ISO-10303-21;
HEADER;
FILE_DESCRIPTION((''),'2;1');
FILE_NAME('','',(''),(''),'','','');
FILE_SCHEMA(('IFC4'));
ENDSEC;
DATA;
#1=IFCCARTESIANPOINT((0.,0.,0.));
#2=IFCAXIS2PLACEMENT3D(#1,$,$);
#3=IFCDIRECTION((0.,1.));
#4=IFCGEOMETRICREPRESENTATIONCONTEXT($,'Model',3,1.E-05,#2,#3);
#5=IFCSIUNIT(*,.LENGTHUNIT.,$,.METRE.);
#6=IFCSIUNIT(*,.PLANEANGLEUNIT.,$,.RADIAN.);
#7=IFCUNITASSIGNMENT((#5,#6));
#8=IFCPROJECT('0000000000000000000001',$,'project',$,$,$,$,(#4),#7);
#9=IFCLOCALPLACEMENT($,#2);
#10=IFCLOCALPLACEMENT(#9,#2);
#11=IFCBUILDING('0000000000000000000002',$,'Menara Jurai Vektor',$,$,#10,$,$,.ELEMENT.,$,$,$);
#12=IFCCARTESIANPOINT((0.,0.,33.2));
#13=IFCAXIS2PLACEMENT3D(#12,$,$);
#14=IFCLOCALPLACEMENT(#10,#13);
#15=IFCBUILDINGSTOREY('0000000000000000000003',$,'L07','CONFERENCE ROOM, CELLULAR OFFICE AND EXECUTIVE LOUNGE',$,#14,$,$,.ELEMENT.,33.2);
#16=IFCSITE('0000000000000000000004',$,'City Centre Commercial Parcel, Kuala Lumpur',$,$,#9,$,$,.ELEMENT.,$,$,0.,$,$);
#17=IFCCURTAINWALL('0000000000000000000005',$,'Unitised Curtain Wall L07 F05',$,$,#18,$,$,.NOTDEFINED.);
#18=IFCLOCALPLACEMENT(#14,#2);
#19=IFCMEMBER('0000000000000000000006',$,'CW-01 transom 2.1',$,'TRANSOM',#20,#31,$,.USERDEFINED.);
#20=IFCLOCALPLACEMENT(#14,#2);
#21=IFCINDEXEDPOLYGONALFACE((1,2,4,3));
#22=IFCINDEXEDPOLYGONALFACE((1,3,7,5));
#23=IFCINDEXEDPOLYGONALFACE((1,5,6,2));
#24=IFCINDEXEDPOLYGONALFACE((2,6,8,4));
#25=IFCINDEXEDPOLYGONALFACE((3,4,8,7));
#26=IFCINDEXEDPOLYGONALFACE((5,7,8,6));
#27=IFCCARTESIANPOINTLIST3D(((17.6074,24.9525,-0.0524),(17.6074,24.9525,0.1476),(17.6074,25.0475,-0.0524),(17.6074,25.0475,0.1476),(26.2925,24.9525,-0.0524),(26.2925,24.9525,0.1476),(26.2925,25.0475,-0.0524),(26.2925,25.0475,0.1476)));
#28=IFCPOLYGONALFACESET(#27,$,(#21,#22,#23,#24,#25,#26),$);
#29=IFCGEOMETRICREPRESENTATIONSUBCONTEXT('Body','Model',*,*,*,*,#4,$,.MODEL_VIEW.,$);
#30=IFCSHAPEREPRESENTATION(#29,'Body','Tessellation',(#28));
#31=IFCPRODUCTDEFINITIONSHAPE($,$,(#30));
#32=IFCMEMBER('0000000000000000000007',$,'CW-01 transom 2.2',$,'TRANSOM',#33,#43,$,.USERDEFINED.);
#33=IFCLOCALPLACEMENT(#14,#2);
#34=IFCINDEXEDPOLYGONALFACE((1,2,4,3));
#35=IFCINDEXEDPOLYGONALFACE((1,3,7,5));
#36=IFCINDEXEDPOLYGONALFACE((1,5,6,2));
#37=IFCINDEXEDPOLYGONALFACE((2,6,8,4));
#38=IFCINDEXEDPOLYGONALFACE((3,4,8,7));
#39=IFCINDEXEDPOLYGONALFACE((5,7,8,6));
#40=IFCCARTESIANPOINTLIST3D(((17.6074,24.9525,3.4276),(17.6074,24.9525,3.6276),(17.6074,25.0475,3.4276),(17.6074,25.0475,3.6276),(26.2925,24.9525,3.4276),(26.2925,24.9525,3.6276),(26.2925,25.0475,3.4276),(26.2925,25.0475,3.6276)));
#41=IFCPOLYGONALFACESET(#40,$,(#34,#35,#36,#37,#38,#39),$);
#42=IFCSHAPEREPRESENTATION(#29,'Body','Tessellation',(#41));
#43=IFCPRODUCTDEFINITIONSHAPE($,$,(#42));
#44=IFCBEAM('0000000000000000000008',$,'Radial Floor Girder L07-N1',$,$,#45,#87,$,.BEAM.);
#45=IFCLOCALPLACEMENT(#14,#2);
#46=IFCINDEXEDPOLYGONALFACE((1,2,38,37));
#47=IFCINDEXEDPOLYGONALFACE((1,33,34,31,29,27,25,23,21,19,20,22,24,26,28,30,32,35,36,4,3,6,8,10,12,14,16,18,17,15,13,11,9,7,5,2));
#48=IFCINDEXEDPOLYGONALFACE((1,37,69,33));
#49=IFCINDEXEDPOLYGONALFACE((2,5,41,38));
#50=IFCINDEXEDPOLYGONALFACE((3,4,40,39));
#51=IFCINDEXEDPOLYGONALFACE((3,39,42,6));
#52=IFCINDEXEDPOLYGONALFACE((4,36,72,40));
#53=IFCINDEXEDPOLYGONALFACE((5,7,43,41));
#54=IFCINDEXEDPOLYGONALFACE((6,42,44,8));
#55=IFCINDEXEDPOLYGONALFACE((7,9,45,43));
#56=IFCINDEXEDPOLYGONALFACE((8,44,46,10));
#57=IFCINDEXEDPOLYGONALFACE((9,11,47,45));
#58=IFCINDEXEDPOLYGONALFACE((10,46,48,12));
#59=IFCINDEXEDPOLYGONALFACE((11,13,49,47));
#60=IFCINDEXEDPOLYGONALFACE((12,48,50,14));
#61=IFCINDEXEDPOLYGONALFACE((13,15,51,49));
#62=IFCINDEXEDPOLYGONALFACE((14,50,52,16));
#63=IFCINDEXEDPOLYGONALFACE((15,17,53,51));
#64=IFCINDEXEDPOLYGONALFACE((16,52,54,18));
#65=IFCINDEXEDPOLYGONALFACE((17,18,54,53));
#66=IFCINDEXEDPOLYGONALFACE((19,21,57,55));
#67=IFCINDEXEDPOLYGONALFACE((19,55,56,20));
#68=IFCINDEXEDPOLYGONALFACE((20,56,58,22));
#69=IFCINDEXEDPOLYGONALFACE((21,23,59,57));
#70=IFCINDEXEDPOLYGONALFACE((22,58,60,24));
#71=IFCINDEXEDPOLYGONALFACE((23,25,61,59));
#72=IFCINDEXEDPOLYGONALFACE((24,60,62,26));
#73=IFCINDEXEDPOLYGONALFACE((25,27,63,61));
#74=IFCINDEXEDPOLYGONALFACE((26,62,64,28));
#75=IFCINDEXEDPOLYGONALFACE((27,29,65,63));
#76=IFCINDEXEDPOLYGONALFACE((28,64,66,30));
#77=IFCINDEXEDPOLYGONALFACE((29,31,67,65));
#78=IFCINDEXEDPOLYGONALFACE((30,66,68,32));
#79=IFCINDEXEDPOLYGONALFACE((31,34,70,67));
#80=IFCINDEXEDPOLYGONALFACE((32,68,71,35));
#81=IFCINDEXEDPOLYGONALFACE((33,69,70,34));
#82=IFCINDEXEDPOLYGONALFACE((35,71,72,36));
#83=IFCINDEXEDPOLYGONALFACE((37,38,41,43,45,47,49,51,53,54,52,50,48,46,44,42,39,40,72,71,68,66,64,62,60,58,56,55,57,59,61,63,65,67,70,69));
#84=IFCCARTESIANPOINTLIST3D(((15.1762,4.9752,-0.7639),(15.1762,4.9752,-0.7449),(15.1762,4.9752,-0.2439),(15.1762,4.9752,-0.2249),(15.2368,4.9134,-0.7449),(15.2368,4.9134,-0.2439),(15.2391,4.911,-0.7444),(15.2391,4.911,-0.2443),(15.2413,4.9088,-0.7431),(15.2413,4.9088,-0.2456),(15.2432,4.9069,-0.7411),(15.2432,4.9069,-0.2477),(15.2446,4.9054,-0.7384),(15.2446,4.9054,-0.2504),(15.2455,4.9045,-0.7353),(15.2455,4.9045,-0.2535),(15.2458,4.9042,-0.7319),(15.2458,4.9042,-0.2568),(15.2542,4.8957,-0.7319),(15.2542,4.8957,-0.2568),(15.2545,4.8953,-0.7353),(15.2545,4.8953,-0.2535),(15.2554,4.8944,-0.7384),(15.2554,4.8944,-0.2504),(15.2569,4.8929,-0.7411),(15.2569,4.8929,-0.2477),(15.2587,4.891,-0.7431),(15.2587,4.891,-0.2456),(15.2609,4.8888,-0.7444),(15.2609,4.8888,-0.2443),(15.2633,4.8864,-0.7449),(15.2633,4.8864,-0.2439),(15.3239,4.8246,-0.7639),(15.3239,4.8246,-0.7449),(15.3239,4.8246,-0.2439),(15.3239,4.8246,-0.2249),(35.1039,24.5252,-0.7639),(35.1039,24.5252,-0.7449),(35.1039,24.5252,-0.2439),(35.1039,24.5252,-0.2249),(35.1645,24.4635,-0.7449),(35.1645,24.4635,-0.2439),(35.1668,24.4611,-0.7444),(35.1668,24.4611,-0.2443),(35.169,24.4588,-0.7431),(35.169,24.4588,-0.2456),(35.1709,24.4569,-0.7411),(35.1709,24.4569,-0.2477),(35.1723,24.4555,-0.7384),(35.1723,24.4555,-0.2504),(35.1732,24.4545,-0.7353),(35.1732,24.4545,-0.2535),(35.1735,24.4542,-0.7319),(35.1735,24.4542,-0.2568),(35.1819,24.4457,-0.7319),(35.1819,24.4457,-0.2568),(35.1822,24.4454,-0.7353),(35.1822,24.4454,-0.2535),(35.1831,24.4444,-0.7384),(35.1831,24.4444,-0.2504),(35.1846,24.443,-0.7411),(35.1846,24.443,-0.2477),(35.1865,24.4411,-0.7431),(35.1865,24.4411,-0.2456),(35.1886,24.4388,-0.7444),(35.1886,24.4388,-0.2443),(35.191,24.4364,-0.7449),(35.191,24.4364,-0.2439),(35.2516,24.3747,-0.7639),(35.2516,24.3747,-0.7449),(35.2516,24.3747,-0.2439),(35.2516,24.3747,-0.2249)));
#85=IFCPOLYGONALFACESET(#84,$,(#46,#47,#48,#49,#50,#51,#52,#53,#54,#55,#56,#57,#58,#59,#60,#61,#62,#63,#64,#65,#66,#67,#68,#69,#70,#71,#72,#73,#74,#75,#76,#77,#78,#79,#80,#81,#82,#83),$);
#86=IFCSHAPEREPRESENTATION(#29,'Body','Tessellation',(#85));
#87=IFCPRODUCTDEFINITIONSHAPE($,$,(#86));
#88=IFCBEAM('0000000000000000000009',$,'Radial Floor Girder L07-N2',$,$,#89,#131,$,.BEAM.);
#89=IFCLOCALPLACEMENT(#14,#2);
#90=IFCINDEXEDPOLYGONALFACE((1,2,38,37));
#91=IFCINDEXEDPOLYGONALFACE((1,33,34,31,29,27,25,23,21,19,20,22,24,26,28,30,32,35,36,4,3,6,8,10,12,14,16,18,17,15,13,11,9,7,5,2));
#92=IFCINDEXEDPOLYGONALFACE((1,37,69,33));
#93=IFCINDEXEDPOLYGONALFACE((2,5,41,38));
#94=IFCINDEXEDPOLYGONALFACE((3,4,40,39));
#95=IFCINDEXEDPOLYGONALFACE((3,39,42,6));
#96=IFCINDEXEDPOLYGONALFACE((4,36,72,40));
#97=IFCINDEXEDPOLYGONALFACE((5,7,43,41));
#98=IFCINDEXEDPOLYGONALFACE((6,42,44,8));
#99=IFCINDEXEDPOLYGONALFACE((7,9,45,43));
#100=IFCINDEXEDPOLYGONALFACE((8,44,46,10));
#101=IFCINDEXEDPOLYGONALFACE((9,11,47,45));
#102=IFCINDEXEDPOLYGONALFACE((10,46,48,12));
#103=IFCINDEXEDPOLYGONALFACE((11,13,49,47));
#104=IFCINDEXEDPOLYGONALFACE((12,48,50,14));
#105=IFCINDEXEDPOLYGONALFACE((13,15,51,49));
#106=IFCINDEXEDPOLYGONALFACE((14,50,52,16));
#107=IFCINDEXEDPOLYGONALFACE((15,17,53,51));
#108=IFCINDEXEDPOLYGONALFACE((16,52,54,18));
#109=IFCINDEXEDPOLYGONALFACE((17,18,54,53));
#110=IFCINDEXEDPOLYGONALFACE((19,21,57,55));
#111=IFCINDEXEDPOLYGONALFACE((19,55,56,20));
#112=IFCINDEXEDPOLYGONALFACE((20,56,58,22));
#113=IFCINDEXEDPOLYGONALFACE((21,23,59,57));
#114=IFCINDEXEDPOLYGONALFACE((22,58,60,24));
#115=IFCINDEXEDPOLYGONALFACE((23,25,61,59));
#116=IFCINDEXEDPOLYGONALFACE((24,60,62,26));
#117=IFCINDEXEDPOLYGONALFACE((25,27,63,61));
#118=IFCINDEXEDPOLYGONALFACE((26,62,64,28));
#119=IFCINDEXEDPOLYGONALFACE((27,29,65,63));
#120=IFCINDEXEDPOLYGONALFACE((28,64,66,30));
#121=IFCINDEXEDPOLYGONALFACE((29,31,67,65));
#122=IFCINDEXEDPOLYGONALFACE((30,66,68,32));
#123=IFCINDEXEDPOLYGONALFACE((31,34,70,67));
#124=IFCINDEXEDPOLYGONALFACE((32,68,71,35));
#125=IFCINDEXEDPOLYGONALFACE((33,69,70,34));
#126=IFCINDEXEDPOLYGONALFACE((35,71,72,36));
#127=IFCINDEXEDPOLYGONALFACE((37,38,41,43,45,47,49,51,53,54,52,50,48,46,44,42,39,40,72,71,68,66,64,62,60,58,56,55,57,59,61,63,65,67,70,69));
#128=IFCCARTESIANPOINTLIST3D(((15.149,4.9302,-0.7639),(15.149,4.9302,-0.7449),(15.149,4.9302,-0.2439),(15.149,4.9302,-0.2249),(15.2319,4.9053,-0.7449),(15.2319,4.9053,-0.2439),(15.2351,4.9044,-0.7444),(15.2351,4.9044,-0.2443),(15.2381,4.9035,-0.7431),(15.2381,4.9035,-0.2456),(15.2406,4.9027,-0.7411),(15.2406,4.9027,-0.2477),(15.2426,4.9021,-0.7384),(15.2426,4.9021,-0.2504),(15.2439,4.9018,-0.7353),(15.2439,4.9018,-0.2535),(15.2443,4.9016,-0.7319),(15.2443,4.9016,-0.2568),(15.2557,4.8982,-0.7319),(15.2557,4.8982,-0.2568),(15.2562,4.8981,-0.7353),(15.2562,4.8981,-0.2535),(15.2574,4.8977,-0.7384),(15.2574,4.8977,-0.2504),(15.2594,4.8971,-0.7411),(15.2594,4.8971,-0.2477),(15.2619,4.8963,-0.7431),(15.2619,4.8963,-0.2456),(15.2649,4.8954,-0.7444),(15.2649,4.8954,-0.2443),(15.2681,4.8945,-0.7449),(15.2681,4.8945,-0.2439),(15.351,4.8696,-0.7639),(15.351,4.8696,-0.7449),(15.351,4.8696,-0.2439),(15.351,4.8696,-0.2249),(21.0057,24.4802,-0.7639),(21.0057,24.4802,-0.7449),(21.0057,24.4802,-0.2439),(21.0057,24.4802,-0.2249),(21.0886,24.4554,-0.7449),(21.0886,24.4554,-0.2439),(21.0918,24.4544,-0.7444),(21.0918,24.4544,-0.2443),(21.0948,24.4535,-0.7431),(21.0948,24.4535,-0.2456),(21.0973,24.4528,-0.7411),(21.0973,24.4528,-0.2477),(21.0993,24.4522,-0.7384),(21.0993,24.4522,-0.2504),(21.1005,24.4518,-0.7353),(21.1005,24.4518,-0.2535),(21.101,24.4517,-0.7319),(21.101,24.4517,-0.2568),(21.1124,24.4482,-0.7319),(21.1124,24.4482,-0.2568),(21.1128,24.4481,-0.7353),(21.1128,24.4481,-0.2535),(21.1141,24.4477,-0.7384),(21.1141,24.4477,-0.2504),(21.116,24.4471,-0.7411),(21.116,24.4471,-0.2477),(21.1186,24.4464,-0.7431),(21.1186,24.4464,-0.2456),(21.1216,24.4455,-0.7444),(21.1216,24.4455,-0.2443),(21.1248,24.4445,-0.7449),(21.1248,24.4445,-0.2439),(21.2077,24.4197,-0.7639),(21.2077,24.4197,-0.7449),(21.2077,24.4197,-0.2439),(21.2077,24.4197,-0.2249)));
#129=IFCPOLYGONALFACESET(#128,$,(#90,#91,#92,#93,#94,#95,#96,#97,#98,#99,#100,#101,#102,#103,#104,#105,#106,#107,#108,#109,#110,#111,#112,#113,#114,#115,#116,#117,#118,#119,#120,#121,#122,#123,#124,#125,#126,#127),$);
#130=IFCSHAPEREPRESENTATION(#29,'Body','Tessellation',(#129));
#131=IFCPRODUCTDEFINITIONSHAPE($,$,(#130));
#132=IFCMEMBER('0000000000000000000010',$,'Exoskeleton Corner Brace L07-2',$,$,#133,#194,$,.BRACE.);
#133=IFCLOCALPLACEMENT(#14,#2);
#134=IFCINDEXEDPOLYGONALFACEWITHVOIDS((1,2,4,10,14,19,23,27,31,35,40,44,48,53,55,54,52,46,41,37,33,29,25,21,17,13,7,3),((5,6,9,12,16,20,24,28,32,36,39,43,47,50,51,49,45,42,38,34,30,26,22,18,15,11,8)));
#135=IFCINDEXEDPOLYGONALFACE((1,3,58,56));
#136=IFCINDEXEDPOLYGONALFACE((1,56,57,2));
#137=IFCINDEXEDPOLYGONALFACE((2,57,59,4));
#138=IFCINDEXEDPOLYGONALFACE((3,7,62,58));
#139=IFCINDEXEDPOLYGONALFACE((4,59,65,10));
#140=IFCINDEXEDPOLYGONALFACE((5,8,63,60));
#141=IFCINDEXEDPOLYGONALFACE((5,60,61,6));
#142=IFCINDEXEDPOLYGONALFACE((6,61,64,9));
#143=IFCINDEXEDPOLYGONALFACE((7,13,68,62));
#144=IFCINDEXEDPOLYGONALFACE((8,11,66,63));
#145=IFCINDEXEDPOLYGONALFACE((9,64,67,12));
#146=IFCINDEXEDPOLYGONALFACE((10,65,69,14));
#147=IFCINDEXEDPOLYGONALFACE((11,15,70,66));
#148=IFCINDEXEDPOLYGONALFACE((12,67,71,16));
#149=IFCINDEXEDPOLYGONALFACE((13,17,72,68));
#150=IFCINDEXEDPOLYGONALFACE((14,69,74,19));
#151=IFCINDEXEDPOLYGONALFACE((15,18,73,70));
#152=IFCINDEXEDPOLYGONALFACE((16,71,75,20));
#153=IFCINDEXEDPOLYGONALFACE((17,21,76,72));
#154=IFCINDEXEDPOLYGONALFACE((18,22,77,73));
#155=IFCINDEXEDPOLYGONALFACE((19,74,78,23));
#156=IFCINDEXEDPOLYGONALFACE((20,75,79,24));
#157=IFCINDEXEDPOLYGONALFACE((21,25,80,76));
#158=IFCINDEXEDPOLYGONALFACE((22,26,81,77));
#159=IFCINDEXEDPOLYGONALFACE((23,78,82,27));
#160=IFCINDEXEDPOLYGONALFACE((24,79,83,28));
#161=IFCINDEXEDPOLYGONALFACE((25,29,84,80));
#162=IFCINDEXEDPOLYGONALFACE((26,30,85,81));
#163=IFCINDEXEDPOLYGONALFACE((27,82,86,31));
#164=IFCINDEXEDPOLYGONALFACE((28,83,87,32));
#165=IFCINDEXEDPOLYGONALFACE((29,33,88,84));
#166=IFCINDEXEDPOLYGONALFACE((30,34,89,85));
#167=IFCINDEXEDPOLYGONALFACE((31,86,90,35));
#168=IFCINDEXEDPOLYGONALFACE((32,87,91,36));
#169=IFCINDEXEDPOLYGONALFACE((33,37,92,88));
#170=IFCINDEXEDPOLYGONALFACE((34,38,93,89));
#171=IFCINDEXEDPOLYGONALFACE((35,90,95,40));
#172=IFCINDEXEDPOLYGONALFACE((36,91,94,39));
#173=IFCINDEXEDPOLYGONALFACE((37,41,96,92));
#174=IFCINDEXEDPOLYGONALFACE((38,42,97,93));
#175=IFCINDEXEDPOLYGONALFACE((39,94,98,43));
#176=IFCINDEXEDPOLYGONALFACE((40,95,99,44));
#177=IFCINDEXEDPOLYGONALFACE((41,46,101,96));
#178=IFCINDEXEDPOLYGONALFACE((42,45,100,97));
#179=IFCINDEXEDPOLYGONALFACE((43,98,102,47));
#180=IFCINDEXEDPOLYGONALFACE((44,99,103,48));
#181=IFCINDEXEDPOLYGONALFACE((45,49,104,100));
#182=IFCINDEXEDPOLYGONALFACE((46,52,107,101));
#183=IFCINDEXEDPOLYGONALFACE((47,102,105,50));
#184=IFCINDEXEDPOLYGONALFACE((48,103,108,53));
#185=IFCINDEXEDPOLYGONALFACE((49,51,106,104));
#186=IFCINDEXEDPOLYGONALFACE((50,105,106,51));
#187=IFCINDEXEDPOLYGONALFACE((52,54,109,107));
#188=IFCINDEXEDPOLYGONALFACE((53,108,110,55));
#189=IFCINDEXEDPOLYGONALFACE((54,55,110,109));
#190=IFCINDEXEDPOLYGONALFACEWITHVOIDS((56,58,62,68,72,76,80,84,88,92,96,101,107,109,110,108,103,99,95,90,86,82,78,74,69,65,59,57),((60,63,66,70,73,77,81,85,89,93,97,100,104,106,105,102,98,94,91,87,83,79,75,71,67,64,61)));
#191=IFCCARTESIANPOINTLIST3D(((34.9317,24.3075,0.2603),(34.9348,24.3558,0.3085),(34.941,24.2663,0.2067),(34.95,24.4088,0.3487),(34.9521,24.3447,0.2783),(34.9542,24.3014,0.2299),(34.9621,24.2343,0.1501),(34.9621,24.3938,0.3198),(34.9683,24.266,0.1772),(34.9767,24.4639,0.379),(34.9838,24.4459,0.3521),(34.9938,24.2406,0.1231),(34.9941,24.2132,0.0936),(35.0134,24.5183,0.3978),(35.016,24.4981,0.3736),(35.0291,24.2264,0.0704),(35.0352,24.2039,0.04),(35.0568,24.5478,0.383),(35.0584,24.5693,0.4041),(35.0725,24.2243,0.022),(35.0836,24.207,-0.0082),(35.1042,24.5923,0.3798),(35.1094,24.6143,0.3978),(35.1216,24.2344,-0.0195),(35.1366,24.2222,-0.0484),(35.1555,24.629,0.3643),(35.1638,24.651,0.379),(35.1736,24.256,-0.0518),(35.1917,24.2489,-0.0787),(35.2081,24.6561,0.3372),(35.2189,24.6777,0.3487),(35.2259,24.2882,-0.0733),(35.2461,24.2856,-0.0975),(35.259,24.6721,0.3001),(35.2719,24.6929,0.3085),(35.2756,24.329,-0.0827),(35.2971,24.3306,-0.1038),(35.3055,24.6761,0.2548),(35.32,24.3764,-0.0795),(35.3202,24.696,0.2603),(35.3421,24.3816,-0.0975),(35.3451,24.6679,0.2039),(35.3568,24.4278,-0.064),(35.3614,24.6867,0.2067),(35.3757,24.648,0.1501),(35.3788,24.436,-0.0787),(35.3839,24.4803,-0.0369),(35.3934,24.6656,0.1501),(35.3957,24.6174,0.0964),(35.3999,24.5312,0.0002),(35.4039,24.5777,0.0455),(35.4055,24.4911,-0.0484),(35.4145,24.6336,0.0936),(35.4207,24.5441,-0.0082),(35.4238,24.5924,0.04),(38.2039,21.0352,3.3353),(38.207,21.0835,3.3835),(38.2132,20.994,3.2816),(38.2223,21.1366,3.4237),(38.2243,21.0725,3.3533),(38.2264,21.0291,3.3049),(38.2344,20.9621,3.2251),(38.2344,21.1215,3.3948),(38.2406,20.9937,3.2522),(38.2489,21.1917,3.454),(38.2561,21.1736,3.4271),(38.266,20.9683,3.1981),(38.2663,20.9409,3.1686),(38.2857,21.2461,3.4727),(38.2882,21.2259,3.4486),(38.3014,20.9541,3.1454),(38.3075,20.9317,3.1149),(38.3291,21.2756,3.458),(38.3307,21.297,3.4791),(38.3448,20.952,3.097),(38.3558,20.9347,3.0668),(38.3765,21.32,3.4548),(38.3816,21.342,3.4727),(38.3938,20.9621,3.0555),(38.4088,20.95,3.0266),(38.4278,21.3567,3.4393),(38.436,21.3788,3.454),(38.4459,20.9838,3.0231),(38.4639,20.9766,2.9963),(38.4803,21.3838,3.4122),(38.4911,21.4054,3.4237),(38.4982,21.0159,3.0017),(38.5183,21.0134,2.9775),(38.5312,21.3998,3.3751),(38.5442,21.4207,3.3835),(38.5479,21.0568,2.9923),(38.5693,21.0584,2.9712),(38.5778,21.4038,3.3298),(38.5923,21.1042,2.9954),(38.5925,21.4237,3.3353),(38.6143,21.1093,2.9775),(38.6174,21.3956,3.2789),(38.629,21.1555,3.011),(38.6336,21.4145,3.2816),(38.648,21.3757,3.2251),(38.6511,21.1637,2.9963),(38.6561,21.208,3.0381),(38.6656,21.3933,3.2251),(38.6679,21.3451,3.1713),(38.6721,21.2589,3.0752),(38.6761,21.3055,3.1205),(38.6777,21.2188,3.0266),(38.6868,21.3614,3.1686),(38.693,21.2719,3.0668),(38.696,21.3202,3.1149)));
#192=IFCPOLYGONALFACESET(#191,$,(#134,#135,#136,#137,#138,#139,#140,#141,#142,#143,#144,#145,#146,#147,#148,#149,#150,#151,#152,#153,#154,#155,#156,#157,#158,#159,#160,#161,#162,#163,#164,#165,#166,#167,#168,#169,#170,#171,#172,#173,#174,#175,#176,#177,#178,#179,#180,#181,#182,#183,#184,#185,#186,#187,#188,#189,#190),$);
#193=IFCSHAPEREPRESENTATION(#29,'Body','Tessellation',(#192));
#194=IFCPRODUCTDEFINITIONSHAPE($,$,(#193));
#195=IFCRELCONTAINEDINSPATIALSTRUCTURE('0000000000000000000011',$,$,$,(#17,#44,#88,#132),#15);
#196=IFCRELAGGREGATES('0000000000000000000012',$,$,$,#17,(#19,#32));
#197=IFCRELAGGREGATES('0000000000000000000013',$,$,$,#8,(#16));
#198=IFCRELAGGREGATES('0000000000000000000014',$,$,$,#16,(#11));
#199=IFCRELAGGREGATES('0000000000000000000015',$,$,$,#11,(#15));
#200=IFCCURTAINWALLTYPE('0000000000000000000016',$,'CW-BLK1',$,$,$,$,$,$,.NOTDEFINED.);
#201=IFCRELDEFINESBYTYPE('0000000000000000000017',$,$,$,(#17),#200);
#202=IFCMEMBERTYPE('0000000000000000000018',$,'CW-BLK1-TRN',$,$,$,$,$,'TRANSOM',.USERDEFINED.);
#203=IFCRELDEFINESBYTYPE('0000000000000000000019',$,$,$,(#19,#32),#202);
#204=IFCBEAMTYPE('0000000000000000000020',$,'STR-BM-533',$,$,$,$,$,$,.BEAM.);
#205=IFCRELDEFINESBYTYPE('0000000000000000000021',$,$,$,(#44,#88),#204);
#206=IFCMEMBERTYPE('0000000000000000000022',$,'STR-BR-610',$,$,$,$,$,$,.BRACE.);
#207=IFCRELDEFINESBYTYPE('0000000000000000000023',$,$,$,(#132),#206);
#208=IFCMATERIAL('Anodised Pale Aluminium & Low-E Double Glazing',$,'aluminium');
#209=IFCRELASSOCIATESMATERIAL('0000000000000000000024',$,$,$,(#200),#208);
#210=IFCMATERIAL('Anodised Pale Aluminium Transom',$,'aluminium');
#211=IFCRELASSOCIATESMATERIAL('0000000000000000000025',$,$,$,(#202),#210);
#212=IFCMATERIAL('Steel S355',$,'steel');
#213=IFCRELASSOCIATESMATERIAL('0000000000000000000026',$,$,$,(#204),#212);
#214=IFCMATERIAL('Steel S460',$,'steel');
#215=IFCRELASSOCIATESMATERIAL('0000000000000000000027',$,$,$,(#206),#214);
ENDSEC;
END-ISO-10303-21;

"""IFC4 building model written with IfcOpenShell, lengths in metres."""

from ifc_helpers import new_model, si_unit, direction, frame, origin, origin_2d, place, context, subcontext, project, spatial, rectangle, hollow_circle, i_section, extrude, material, material_profile, profile_set, type_object, element, aggregate, save


model = new_model("IFC4")

# Units and contexts
model_context = context("Model", 3, precision=1e-05, world=origin(), true_north=direction((0.0, 1.0)))
body_context = subcontext(model_context, "Body", "Model", "MODEL_VIEW")
ifc_project = project(units=[si_unit("LENGTHUNIT", "METRE"), si_unit("PLANEANGLEUNIT", "RADIAN")], contexts=[model_context])

# Site, building, storey
site_placement = place(None, origin())
site = spatial("IfcSite", under=ifc_project, at=site_placement, Name="City Centre Commercial Parcel, Kuala Lumpur", CompositionType="ELEMENT", RefElevation=0.0)
building_placement = place(site_placement, origin())
building = spatial("IfcBuilding", under=site, at=building_placement, Name="Menara Jurai Vektor", CompositionType="ELEMENT")
storey_placement = place(building_placement, frame((0.0, 0.0, 33.2)))
storey = spatial("IfcBuildingStorey", under=building, at=storey_placement, Name="L07", Description="CONFERENCE ROOM, CELLULAR OFFICE AND EXECUTIVE LOUNGE", CompositionType="ELEMENT", Elevation=33.2)

# Shared definitions
ifc_material_1 = material(Name="Steel S460", Category="steel")

# Shared definitions
ifc_material_2 = material(Name="Anodised Pale Aluminium & Low-E Double Glazing", Category="aluminium")
curtain_wall_type = type_object("IfcCurtainWallType", Name="CW-BLK1", PredefinedType="NOTDEFINED", material=ifc_material_2)

# Curtain wall
curtain_wall_1_placement = place(storey_placement, origin())
curtain_wall_1 = element("IfcCurtainWall", 1, at=curtain_wall_1_placement, inside=storey, type_object=curtain_wall_type, Name="Unitised Curtain Wall L07 F05", PredefinedType="NOTDEFINED")

# Members
ifc_material_3 = material(Name="Anodised Pale Aluminium Transom", Category="aluminium")
ifc_material_profile_1 = material_profile(ifc_material_3, rectangle(XDim=0.095, YDim=0.2, at=origin_2d()), Name="ALU TRN 95x200")
ifc_profile_set_1 = profile_set([ifc_material_profile_1], Name="Anodised Pale Aluminium Transom")
member_type_1 = type_object("IfcMemberType", Name="CW-BLK1-TRN", ElementType="TRANSOM", PredefinedType="USERDEFINED", material=ifc_profile_set_1)
member_1_placement = place(storey_placement, frame((26.2925, 25.0, 0.0476), z_axis=(-1.0, 0.0, 0.0), x_axis=(0.0, -1.0, 0.0)))
member_1 = element("IfcMember", 2, at=member_1_placement, type_object=member_type_1, Name="CW-01 transom 2.1", ObjectType="TRANSOM", PredefinedType="USERDEFINED", context=body_context, shape_type="SweptSolid", body=[
    extrude(rectangle(XDim=0.095, YDim=0.2, at=origin_2d()), origin(), (0.0, 0.0, 1.0), 8.6851),
])
member_2_placement = place(storey_placement, frame((26.2925, 25.0, 3.5276), z_axis=(-1.0, 0.0, 0.0), x_axis=(0.0, -1.0, 0.0)))
member_2 = element("IfcMember", 3, at=member_2_placement, type_object=member_type_1, Name="CW-01 transom 2.2", ObjectType="TRANSOM", PredefinedType="USERDEFINED", context=body_context, shape_type="SweptSolid", body=[
    extrude(rectangle(XDim=0.095, YDim=0.2, at=origin_2d()), origin(), (0.0, 0.0, 1.0), 8.6851),
])

# Beams
ifc_material_4 = material(Name="Steel S355", Category="steel")
ifc_material_profile_2 = material_profile(ifc_material_4, i_section(OverallWidth=0.2109, OverallDepth=0.5391, WebThickness=0.012, FlangeThickness=0.019, FilletRadius=0.0129, at=origin_2d()), Name="UKB 533x210x109")
ifc_profile_set_2 = profile_set([ifc_material_profile_2], Name="Steel S355")
beam_type_1 = type_object("IfcBeamType", Name="STR-BM-533", PredefinedType="BEAM", material=ifc_profile_set_2)
beam_1_placement = place(storey_placement, frame((35.1777, 24.45, -0.4944), z_axis=(-0.713839, -0.70031, 0.0), x_axis=(0.70031, -0.713839, 0.0)))
element("IfcBeam", 4, at=beam_1_placement, inside=storey, type_object=beam_type_1, Name="Radial Floor Girder L07-N1", PredefinedType="BEAM", context=body_context, shape_type="SweptSolid", body=[
    extrude(i_section(OverallWidth=0.2109, OverallDepth=0.5391, WebThickness=0.012, FlangeThickness=0.019, FilletRadius=0.0129, at=origin_2d()), origin(), (0.0, 0.0, 1.0), 27.9163),
])
beam_2_placement = place(storey_placement, frame((21.1067, 24.45, -0.4944), z_axis=(-0.286974, -0.957938, 0.0), x_axis=(0.957938, -0.286974, 0.0)))
element("IfcBeam", 5, at=beam_2_placement, inside=storey, type_object=beam_type_1, Name="Radial Floor Girder L07-N2", PredefinedType="BEAM", context=body_context, shape_type="SweptSolid", body=[
    extrude(i_section(OverallWidth=0.2109, OverallDepth=0.5391, WebThickness=0.012, FlangeThickness=0.019, FilletRadius=0.0129, at=origin_2d()), origin(), (0.0, 0.0, 1.0), 20.4084),
])

# Member
ifc_material_profile_3 = material_profile(ifc_material_1, hollow_circle(Radius=0.3049, WallThickness=0.0249, at=origin_2d()), Name="CHS 610x25")
ifc_profile_set_3 = profile_set([ifc_material_profile_3], Name="Steel S460")
member_type_2 = type_object("IfcMemberType", Name="STR-BR-610", PredefinedType="BRACE", material=ifc_profile_set_3)
member_3_placement = place(storey_placement, frame((35.1777, 24.45, 0.1501), z_axis=(0.588942, -0.588942, 0.553438), x_axis=(0.707107, 0.707107, 0.0)))
element("IfcMember", 6, at=member_3_placement, inside=storey, type_object=member_type_2, Name="Exoskeleton Corner Brace L07-2", PredefinedType="BRACE", context=body_context, shape_type="SweptSolid", body=[
    extrude(hollow_circle(Radius=0.3049, WallThickness=0.0249, at=origin_2d()), origin(), (0.0, 0.0, 1.0), 5.5562),
])

aggregate(curtain_wall_1, [member_1, member_2])

save(model, "model.ifc")
